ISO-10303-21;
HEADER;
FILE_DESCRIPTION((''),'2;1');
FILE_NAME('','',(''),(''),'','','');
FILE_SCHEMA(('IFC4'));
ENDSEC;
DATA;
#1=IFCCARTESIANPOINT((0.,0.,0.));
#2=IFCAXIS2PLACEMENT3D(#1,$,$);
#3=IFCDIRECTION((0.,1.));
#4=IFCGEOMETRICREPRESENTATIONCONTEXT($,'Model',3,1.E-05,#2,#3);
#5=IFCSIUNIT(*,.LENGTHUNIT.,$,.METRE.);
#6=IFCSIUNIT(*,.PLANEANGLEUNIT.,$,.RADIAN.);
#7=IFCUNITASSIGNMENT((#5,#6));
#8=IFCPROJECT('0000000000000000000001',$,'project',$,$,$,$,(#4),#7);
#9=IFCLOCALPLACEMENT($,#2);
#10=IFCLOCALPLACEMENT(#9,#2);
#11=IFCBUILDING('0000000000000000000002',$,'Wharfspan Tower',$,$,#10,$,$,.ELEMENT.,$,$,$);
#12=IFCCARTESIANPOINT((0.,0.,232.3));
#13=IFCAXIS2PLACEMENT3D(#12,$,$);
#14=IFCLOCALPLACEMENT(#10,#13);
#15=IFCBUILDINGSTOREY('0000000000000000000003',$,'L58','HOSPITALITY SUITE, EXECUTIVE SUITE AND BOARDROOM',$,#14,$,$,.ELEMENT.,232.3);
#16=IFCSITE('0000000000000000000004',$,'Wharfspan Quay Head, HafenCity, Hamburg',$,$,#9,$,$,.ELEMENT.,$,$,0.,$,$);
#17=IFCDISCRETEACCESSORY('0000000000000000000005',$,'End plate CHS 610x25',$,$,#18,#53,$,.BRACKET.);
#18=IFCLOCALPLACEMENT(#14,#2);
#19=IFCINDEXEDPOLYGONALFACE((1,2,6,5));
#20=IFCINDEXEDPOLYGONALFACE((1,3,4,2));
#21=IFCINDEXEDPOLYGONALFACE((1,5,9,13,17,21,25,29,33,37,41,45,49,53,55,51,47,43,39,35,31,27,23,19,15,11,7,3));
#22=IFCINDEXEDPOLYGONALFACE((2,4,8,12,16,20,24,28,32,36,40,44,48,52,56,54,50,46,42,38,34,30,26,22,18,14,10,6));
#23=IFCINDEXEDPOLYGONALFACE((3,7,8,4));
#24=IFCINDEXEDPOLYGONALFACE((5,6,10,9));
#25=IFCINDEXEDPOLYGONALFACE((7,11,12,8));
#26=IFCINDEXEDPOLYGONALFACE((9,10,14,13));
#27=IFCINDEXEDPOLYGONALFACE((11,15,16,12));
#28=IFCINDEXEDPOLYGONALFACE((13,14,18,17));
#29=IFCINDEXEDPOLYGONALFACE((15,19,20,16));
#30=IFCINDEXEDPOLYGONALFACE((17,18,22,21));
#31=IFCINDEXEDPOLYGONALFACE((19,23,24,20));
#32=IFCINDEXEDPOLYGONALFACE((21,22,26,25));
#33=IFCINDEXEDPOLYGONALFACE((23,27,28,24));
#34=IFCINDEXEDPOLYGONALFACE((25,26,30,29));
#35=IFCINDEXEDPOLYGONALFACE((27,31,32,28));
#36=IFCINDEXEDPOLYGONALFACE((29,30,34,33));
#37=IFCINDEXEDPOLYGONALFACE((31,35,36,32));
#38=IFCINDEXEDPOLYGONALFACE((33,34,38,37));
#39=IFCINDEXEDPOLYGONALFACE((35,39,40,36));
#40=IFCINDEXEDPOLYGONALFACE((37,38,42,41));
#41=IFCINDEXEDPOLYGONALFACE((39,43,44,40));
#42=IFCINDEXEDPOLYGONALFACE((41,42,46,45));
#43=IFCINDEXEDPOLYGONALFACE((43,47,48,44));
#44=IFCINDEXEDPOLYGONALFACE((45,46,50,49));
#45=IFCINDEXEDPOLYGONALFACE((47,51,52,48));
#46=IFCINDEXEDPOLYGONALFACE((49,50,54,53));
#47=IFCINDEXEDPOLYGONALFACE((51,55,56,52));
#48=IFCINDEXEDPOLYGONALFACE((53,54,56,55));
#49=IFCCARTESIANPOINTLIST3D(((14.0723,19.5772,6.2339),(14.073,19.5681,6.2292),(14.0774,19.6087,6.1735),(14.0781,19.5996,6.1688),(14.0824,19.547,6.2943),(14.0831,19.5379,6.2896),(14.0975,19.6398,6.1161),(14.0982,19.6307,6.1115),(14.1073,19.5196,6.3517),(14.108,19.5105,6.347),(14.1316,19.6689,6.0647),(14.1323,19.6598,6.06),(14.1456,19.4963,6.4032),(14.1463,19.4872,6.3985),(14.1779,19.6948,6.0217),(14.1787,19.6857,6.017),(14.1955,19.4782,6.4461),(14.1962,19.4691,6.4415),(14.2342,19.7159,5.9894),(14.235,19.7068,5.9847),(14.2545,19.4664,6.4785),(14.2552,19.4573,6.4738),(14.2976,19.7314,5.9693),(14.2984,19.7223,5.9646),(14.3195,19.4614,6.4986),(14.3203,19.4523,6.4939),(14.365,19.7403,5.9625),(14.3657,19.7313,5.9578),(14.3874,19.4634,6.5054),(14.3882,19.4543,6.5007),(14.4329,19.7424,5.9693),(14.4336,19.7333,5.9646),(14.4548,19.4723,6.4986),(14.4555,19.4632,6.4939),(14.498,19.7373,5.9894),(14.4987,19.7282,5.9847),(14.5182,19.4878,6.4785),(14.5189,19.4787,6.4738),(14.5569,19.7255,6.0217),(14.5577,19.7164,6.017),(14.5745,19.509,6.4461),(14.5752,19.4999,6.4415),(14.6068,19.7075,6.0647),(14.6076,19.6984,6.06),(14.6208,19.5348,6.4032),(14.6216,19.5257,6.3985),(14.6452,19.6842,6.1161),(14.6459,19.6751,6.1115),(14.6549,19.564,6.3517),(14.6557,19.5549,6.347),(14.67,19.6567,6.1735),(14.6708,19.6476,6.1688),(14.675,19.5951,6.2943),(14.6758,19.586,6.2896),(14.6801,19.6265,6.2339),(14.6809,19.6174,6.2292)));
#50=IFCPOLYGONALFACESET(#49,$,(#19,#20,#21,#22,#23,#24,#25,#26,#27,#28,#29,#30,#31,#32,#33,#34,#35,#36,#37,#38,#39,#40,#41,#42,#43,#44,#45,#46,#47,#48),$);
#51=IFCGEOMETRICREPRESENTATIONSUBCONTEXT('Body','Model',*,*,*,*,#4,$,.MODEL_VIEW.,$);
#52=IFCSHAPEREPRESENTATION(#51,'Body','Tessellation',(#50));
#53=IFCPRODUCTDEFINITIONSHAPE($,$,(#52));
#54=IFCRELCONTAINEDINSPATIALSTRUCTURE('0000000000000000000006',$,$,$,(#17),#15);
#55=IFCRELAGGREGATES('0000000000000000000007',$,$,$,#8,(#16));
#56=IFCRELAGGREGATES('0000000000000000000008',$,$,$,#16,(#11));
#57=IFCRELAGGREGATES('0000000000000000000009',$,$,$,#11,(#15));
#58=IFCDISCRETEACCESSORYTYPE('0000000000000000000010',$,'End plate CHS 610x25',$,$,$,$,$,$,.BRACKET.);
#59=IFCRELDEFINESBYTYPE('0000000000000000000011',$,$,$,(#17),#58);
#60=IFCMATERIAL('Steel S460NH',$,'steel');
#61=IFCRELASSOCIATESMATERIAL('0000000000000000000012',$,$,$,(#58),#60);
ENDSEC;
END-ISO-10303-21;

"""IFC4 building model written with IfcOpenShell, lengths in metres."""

from ifc_helpers import new_model, si_unit, direction, frame, origin, origin_2d, place, context, subcontext, project, spatial, circle, extrude, material, material_profile, profile_set, type_object, element, save


model = new_model("IFC4")

# Units and contexts
model_context = context("Model", 3, precision=1e-05, world=origin(), true_north=direction((0.0, 1.0)))
body_context = subcontext(model_context, "Body", "Model", "MODEL_VIEW")
ifc_project = project(units=[si_unit("LENGTHUNIT", "METRE"), si_unit("PLANEANGLEUNIT", "RADIAN")], contexts=[model_context])

# Site, building, storey
site_placement = place(None, origin())
site = spatial("IfcSite", under=ifc_project, at=site_placement, Name="Wharfspan Quay Head, HafenCity, Hamburg", CompositionType="ELEMENT", RefElevation=0.0)
building_placement = place(site_placement, origin())
building = spatial("IfcBuilding", under=site, at=building_placement, Name="Wharfspan Tower", CompositionType="ELEMENT")
storey_placement = place(building_placement, frame((0.0, 0.0, 232.3)))
storey = spatial("IfcBuildingStorey", under=building, at=storey_placement, Name="L58", Description="HOSPITALITY SUITE, EXECUTIVE SUITE AND BOARDROOM", CompositionType="ELEMENT", Elevation=232.3)

# Shared definitions
ifc_material_1 = material(Name="Steel S460NH", Category="steel")

# Discrete accessory
ifc_material_profile_1 = material_profile(ifc_material_1, circle(Radius=0.3049, at=origin_2d()))
ifc_profile_set_1 = profile_set([ifc_material_profile_1], Name="Steel S460NH")
discrete_accessory_type = type_object("IfcDiscreteAccessoryType", Name="End plate CHS 610x25", PredefinedType="BRACKET", material=ifc_profile_set_1)
for number, where, z_axis, x_axis, name in (
    (1, (14.377, 19.5928, 6.2292), (-0.07194, 0.887262, 0.455621), (-0.996733, -0.080816, 0.0), "End plate CHS 610x25"),
):
    element("IfcDiscreteAccessory", number, at=place(storey_placement, frame(where, z_axis=z_axis, x_axis=x_axis)), inside=storey, type_object=discrete_accessory_type, Name=name, PredefinedType="BRACKET", context=body_context, shape_type="SweptSolid", body=[
        extrude(circle(Radius=0.3049, at=origin_2d()), origin(), (0.0, 0.0, 1.0), 0.0103),
    ])

save(model, "model.ifc")
